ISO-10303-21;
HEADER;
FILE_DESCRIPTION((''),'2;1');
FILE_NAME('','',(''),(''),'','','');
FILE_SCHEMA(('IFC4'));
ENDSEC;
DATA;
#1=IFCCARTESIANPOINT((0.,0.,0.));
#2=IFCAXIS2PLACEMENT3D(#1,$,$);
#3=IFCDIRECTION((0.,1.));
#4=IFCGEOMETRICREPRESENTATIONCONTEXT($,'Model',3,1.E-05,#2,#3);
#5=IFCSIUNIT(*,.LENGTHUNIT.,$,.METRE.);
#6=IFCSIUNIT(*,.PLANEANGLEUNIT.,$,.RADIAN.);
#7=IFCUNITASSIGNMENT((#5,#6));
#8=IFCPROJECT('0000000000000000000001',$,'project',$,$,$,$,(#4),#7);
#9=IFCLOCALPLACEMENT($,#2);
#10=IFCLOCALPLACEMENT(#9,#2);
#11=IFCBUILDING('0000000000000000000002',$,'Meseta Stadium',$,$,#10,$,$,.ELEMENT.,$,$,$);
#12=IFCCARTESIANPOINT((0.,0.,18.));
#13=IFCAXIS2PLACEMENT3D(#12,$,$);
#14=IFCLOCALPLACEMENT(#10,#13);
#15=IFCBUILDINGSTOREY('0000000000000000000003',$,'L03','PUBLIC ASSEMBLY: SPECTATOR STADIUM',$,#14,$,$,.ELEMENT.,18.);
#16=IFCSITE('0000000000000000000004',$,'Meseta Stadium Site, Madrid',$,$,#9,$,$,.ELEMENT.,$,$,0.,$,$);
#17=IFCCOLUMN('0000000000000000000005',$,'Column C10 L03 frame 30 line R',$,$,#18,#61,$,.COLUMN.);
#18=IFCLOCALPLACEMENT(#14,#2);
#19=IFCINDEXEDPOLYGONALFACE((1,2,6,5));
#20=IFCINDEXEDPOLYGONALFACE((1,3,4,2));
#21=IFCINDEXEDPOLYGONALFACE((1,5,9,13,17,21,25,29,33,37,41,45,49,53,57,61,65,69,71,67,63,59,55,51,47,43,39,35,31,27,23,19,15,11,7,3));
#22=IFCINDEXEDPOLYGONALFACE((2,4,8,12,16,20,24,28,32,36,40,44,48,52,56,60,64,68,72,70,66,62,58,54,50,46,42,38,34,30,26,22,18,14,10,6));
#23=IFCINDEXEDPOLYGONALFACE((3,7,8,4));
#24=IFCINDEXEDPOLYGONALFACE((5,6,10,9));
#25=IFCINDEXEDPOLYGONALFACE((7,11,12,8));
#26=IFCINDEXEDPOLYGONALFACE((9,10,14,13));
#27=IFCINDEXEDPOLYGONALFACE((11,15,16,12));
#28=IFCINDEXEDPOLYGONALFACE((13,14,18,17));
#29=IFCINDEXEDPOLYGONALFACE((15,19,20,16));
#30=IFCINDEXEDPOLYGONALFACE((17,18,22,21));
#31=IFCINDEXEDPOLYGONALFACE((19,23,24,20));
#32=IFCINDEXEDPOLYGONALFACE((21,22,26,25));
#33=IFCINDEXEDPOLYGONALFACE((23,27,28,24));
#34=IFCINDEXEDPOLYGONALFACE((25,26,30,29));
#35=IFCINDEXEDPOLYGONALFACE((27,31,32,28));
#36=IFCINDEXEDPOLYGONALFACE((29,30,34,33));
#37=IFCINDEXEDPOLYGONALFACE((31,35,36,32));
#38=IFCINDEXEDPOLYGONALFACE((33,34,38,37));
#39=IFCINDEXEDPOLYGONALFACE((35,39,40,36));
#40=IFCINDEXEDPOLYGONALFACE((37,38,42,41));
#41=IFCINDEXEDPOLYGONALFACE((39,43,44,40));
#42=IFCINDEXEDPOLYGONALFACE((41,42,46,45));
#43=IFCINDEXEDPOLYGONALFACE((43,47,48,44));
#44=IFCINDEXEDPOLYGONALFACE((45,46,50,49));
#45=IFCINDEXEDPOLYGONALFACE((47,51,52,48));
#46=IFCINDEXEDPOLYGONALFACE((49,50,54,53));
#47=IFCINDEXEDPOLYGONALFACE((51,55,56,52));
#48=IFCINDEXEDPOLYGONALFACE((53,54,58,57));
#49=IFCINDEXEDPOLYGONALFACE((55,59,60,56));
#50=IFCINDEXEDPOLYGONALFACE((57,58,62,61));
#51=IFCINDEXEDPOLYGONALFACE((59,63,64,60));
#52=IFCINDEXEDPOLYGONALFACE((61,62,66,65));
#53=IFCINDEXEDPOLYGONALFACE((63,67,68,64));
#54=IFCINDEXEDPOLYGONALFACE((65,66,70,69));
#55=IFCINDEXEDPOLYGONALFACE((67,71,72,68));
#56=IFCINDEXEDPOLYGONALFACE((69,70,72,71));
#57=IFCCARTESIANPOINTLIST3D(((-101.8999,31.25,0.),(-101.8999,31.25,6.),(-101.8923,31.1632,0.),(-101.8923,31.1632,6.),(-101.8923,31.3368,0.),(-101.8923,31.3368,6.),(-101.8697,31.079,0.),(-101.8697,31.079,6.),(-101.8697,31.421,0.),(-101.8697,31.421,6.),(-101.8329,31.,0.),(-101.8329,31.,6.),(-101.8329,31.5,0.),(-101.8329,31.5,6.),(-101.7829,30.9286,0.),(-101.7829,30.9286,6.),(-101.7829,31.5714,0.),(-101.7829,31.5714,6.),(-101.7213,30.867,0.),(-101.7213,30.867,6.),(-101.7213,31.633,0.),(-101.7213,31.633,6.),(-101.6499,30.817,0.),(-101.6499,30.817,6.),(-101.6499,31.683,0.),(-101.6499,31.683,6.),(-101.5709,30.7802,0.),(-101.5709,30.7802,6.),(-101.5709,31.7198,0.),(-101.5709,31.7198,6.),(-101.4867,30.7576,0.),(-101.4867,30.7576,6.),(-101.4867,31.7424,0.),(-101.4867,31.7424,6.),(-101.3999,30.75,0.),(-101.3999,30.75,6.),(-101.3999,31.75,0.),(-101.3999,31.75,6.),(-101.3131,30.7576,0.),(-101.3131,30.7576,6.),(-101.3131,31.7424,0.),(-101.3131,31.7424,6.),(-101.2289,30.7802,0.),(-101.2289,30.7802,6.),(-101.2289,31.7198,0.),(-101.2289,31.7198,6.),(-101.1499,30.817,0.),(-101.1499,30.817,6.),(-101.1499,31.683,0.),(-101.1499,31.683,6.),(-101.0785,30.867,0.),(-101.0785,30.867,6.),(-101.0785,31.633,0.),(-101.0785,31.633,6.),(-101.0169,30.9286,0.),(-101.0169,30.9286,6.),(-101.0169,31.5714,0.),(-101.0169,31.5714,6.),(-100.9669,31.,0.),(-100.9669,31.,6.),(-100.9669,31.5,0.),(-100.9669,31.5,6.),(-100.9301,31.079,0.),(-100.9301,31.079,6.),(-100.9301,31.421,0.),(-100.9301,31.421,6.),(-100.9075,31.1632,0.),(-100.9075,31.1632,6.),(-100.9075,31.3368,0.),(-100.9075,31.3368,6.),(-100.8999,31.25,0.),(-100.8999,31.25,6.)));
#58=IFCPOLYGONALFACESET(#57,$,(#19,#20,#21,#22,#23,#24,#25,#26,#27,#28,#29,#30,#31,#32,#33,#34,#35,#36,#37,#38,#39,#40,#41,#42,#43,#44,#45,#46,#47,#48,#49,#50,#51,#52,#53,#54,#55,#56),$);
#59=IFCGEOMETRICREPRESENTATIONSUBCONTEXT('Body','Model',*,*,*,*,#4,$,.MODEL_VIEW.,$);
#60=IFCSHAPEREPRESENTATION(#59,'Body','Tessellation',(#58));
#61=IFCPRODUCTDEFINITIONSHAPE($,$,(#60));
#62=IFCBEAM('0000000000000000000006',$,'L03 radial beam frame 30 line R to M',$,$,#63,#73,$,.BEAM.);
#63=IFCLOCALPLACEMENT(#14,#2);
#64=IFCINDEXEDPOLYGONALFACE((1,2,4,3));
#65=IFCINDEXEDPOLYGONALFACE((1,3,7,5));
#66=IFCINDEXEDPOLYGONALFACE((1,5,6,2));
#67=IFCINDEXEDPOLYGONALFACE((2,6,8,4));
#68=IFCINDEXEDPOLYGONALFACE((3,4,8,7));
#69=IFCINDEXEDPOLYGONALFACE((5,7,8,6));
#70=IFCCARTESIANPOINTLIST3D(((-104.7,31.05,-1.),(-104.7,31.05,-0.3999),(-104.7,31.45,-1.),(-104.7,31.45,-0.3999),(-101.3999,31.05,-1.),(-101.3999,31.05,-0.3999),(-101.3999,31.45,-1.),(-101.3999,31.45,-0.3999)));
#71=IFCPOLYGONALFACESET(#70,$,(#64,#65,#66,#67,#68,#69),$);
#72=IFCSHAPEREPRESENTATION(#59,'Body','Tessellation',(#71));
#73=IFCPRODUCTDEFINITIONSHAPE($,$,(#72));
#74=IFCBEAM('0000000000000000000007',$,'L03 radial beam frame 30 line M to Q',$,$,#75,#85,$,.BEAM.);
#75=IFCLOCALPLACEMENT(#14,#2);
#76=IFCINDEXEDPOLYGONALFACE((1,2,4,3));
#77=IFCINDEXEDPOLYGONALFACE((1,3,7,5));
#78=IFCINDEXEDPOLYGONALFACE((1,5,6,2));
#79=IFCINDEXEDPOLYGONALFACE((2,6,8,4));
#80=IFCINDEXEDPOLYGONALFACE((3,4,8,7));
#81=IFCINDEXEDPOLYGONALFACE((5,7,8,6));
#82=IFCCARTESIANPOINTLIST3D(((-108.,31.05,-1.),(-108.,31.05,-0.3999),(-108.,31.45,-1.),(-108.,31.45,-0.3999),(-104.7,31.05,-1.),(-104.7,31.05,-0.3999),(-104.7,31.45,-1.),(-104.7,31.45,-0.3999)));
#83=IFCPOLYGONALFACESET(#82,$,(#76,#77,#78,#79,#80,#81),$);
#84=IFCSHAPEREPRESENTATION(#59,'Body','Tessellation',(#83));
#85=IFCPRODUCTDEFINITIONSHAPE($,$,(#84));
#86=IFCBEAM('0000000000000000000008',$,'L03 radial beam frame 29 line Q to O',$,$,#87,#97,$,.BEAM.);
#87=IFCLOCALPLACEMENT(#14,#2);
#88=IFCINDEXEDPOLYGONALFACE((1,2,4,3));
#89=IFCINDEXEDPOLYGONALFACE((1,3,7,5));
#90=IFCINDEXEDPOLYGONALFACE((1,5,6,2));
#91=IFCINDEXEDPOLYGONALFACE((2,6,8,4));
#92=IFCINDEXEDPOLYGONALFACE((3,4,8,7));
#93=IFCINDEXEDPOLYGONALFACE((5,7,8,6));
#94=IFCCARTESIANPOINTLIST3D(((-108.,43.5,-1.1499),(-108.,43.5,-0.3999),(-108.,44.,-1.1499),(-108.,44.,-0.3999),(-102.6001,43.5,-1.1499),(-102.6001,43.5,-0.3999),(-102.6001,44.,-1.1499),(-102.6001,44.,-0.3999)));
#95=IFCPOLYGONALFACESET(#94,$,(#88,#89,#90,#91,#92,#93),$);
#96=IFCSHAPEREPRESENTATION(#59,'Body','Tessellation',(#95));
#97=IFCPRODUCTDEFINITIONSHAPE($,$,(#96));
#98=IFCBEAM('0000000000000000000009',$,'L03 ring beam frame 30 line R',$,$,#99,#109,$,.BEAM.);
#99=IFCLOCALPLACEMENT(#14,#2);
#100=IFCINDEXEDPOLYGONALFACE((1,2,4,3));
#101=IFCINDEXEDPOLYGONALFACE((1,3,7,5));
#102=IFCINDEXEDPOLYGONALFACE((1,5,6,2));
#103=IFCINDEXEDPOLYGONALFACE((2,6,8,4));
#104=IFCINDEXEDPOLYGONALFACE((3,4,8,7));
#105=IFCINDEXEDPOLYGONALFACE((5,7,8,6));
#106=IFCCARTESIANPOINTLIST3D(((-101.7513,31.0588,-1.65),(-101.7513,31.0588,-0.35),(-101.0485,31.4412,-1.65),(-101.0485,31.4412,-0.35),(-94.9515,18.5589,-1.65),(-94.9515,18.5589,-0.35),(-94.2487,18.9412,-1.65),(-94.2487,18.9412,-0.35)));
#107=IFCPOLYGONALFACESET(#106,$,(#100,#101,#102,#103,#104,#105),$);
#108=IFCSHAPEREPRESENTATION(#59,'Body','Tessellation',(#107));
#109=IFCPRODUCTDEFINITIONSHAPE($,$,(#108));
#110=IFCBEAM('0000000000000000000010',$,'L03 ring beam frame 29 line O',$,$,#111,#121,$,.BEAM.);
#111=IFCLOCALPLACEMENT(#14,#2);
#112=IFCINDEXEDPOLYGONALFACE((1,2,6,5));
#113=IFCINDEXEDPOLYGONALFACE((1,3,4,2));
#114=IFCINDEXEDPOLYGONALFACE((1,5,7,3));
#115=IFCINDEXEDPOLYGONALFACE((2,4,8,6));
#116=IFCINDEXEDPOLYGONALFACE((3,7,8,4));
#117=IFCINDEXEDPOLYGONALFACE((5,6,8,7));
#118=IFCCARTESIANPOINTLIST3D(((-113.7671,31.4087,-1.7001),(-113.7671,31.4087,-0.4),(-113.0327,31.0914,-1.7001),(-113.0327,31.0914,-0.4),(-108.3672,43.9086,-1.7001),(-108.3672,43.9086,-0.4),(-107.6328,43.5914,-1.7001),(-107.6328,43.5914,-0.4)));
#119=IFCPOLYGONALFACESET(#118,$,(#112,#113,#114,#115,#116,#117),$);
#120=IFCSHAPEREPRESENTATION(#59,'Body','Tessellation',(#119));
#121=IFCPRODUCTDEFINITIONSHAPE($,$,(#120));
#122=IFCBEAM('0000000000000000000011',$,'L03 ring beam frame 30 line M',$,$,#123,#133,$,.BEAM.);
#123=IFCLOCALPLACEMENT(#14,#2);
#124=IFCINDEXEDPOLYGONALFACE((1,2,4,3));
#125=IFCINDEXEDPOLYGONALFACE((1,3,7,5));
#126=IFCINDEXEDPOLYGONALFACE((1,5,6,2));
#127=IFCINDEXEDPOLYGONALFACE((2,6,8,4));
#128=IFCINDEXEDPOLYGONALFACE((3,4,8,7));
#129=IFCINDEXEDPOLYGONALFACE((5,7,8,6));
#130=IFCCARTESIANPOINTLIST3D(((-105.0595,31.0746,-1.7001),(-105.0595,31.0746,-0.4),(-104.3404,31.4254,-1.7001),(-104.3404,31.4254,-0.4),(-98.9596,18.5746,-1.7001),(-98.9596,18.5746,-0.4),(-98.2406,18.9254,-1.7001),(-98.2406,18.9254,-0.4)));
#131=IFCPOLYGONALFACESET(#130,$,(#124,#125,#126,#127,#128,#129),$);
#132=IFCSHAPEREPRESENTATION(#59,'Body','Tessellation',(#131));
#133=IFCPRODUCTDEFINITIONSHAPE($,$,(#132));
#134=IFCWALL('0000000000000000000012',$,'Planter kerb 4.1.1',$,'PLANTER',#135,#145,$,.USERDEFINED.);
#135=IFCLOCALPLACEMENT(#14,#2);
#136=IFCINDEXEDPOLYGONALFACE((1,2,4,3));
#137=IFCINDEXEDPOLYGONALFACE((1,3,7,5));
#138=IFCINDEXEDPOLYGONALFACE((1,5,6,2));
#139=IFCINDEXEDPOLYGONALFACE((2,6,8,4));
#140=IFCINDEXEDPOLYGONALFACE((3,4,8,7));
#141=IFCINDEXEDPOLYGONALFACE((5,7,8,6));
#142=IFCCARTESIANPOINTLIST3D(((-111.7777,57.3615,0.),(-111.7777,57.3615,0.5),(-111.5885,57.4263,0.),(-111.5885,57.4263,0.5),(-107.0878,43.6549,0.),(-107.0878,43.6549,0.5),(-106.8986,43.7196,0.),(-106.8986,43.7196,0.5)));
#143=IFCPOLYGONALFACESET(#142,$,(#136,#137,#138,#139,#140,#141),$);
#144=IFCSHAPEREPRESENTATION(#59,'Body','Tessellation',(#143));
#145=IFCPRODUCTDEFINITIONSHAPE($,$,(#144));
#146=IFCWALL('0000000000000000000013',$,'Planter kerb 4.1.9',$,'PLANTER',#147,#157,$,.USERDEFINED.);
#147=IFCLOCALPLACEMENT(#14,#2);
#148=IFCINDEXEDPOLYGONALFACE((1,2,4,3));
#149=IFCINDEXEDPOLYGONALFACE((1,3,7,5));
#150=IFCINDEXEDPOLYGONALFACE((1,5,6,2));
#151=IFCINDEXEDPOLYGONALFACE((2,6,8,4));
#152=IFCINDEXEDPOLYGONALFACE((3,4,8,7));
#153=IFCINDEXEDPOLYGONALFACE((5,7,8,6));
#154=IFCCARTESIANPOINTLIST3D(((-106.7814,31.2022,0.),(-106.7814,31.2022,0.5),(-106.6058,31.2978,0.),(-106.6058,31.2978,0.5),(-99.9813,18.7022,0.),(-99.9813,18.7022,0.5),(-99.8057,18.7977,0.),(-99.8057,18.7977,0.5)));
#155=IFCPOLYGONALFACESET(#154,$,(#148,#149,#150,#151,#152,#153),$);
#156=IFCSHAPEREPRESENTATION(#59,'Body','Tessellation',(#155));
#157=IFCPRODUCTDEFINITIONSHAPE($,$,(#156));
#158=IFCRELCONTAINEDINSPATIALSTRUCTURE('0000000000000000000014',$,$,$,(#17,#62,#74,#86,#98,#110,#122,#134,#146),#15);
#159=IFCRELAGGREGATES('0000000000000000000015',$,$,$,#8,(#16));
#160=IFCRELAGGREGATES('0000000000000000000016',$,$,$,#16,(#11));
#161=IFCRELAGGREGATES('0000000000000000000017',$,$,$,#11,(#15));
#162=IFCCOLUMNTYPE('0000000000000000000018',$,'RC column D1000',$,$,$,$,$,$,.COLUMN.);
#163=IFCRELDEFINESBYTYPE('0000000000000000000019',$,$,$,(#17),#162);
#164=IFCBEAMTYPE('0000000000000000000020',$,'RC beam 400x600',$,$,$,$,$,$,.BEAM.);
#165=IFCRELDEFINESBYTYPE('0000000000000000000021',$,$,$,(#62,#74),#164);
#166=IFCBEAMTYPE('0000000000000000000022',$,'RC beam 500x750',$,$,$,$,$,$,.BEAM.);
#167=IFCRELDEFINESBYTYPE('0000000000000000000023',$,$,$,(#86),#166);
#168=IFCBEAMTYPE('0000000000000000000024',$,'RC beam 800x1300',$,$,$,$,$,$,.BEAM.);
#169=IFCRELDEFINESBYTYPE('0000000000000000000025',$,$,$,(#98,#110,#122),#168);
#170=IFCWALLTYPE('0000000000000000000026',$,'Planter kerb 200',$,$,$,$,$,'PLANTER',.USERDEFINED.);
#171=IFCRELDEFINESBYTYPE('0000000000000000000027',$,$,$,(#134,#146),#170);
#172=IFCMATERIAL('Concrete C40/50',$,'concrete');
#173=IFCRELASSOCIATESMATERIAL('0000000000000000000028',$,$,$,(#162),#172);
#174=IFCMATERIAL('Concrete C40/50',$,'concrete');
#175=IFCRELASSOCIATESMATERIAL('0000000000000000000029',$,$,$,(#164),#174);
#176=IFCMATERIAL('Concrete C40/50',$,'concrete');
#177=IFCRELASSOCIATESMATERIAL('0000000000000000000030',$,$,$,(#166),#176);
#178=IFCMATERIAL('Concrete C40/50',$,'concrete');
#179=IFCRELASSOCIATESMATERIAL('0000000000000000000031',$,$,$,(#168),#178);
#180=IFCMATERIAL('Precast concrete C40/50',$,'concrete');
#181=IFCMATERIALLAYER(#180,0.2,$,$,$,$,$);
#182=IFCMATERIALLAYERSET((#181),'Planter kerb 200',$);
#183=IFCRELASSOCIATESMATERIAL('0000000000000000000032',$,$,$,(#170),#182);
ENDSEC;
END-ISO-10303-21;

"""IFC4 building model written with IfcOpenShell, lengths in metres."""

from ifc_helpers import new_model, si_unit, direction, frame, frame_2d, origin, origin_2d, place, context, subcontext, project, spatial, rectangle, circle, extrude, material, layer, layer_set, material_profile, profile_set, type_object, element, save


model = new_model("IFC4")

# Units and contexts
model_context = context("Model", 3, precision=1e-05, world=origin(), true_north=direction((0.0, 1.0)))
body_context = subcontext(model_context, "Body", "Model", "MODEL_VIEW")
ifc_project = project(units=[si_unit("LENGTHUNIT", "METRE"), si_unit("PLANEANGLEUNIT", "RADIAN")], contexts=[model_context])

# Site, building, storey
site_placement = place(None, origin())
site = spatial("IfcSite", under=ifc_project, at=site_placement, Name="Meseta Stadium Site, Madrid", CompositionType="ELEMENT", RefElevation=0.0)
building_placement = place(site_placement, origin())
building = spatial("IfcBuilding", under=site, at=building_placement, Name="Meseta Stadium", CompositionType="ELEMENT")
storey_placement = place(building_placement, frame((0.0, 0.0, 18.0)))
storey = spatial("IfcBuildingStorey", under=building, at=storey_placement, Name="L03", Description="PUBLIC ASSEMBLY: SPECTATOR STADIUM", CompositionType="ELEMENT", Elevation=18.0)

# Column
ifc_material_1 = material(Name="Concrete C40/50", Category="concrete")
ifc_material_profile_1 = material_profile(ifc_material_1, circle(Radius=0.5, at=origin_2d()), Name="RC D1000")
ifc_profile_set_1 = profile_set([ifc_material_profile_1], Name="Concrete C40/50")
column_type = type_object("IfcColumnType", Name="RC column D1000", PredefinedType="COLUMN", material=ifc_profile_set_1)
column_placement = place(storey_placement, frame((-101.3999, 31.25, 0.0), z_axis=(0.0, 0.0, 1.0), x_axis=(1.0, 0.0, 0.0)))
element("IfcColumn", 1, at=column_placement, inside=storey, type_object=column_type, Name="Column C10 L03 frame 30 line R", PredefinedType="COLUMN", context=body_context, shape_type="SweptSolid", body=[
    extrude(circle(Radius=0.5, at=origin_2d()), origin(), (0.0, 0.0, 1.0), 6.0),
])

# Beams
ifc_material_2 = material(Name="Concrete C40/50", Category="concrete")
ifc_material_profile_2 = material_profile(ifc_material_2, rectangle(XDim=0.3999, YDim=0.6001, at=origin_2d()), Name="RC 400x600")
ifc_profile_set_2 = profile_set([ifc_material_profile_2], Name="Concrete C40/50")
beam_type_1 = type_object("IfcBeamType", Name="RC beam 400x600", PredefinedType="BEAM", material=ifc_profile_set_2)
for number, where, z_axis, x_axis, name in (
    (2, (-101.3999, 31.25, -0.7), (-1.0, 0.0, 0.0), (0.0, -1.0, 0.0), "L03 radial beam frame 30 line R to M"),
    (3, (-104.7, 31.25, -0.7), (-1.0, 0.0, 0.0), (0.0, -1.0, 0.0), "L03 radial beam frame 30 line M to Q"),
):
    element("IfcBeam", number, at=place(storey_placement, frame(where, z_axis=z_axis, x_axis=x_axis)), inside=storey, type_object=beam_type_1, Name=name, PredefinedType="BEAM", context=body_context, shape_type="SweptSolid", body=[
        extrude(rectangle(XDim=0.3999, YDim=0.6001, at=origin_2d()), origin(), (0.0, 0.0, 1.0), 3.3),
    ])
ifc_material_3 = material(Name="Concrete C40/50", Category="concrete")
ifc_material_profile_3 = material_profile(ifc_material_3, rectangle(XDim=0.5, YDim=0.75, at=origin_2d()), Name="RC 500x750")
ifc_profile_set_3 = profile_set([ifc_material_profile_3], Name="Concrete C40/50")
beam_type_2 = type_object("IfcBeamType", Name="RC beam 500x750", PredefinedType="BEAM", material=ifc_profile_set_3)
beam_1_placement = place(storey_placement, frame((-102.6001, 43.75, -0.7749), z_axis=(-1.0, 0.0, 0.0), x_axis=(0.0, -1.0, 0.0)))
element("IfcBeam", 4, at=beam_1_placement, inside=storey, type_object=beam_type_2, Name="L03 radial beam frame 29 line Q to O", PredefinedType="BEAM", context=body_context, shape_type="SweptSolid", body=[
    extrude(rectangle(XDim=0.5, YDim=0.75, at=origin_2d()), origin(), (0.0, 0.0, 1.0), 5.3999),
])
ifc_material_4 = material(Name="Concrete C40/50", Category="concrete")
ifc_material_profile_4 = material_profile(ifc_material_4, rectangle(XDim=0.8, YDim=1.3, at=origin_2d()), Name="RC 800x1300")
ifc_profile_set_4 = profile_set([ifc_material_profile_4], Name="Concrete C40/50")
beam_type_3 = type_object("IfcBeamType", Name="RC beam 800x1300", PredefinedType="BEAM", material=ifc_profile_set_4)
beam_2_placement = place(storey_placement, frame((-101.3999, 31.25, -1.0), z_axis=(0.477856, -0.878438, 0.0), x_axis=(0.878438, 0.477856, 0.0)))
element("IfcBeam", 5, at=beam_2_placement, inside=storey, type_object=beam_type_3, Name="L03 ring beam frame 30 line R", PredefinedType="BEAM", context=body_context, shape_type="SweptSolid", body=[
    extrude(rectangle(XDim=0.8, YDim=1.3, at=origin_2d()), origin(), (0.0, 0.0, 1.0), 14.2297),
])
beam_3_placement = place(storey_placement, frame((-108.0, 43.75, -1.05), z_axis=(-0.396571, -0.918004, 0.0), x_axis=(0.918004, -0.396571, 0.0)))
element("IfcBeam", 6, at=beam_3_placement, inside=storey, type_object=beam_type_3, Name="L03 ring beam frame 29 line O", PredefinedType="BEAM", context=body_context, shape_type="SweptSolid", body=[
    extrude(rectangle(XDim=0.8, YDim=1.3, at=origin_2d()), origin(), (0.0, 0.0, 1.0), 13.6165),
])
beam_4_placement = place(storey_placement, frame((-104.7, 31.25, -1.05), z_axis=(0.438557, -0.898703, 0.0), x_axis=(0.898703, 0.438557, 0.0)))
element("IfcBeam", 7, at=beam_4_placement, inside=storey, type_object=beam_type_3, Name="L03 ring beam frame 30 line M", PredefinedType="BEAM", context=body_context, shape_type="SweptSolid", body=[
    extrude(rectangle(XDim=0.8, YDim=1.3, at=origin_2d()), origin(), (0.0, 0.0, 1.0), 13.9089),
])

# Walls
ifc_material_5 = material(Name="Precast concrete C40/50", Category="concrete")
ifc_layer = layer(ifc_material_5, 0.2)
ifc_layer_set = layer_set([ifc_layer], Name="Planter kerb 200")
wall_type = type_object("IfcWallType", Name="Planter kerb 200", ElementType="PLANTER", PredefinedType="USERDEFINED", material=ifc_layer_set)
wall_1_placement = place(storey_placement, frame((-106.9932, 43.6873, 0.0), z_axis=(0.0, 0.0, 1.0), x_axis=(-0.323741, 0.946146, 0.0)))
element("IfcWall", 8, at=wall_1_placement, inside=storey, type_object=wall_type, Name="Planter kerb 4.1.1", ObjectType="PLANTER", PredefinedType="USERDEFINED", context=body_context, shape_type="SweptSolid", body=[
    extrude(rectangle(XDim=14.4868, YDim=0.2, at=frame_2d((7.2434, 0.0))), origin(), (0.0, 0.0, 1.0), 0.5),
])
wall_2_placement = place(storey_placement, frame((-106.6936, 31.25, 0.0), z_axis=(0.0, 0.0, 1.0), x_axis=(0.47787, -0.878431, 0.0)))
element("IfcWall", 9, at=wall_2_placement, inside=storey, type_object=wall_type, Name="Planter kerb 4.1.9", ObjectType="PLANTER", PredefinedType="USERDEFINED", context=body_context, shape_type="SweptSolid", body=[
    extrude(rectangle(XDim=14.23, YDim=0.2, at=frame_2d((7.115, 0.0))), origin(), (0.0, 0.0, 1.0), 0.5),
])

save(model, "model.ifc")
